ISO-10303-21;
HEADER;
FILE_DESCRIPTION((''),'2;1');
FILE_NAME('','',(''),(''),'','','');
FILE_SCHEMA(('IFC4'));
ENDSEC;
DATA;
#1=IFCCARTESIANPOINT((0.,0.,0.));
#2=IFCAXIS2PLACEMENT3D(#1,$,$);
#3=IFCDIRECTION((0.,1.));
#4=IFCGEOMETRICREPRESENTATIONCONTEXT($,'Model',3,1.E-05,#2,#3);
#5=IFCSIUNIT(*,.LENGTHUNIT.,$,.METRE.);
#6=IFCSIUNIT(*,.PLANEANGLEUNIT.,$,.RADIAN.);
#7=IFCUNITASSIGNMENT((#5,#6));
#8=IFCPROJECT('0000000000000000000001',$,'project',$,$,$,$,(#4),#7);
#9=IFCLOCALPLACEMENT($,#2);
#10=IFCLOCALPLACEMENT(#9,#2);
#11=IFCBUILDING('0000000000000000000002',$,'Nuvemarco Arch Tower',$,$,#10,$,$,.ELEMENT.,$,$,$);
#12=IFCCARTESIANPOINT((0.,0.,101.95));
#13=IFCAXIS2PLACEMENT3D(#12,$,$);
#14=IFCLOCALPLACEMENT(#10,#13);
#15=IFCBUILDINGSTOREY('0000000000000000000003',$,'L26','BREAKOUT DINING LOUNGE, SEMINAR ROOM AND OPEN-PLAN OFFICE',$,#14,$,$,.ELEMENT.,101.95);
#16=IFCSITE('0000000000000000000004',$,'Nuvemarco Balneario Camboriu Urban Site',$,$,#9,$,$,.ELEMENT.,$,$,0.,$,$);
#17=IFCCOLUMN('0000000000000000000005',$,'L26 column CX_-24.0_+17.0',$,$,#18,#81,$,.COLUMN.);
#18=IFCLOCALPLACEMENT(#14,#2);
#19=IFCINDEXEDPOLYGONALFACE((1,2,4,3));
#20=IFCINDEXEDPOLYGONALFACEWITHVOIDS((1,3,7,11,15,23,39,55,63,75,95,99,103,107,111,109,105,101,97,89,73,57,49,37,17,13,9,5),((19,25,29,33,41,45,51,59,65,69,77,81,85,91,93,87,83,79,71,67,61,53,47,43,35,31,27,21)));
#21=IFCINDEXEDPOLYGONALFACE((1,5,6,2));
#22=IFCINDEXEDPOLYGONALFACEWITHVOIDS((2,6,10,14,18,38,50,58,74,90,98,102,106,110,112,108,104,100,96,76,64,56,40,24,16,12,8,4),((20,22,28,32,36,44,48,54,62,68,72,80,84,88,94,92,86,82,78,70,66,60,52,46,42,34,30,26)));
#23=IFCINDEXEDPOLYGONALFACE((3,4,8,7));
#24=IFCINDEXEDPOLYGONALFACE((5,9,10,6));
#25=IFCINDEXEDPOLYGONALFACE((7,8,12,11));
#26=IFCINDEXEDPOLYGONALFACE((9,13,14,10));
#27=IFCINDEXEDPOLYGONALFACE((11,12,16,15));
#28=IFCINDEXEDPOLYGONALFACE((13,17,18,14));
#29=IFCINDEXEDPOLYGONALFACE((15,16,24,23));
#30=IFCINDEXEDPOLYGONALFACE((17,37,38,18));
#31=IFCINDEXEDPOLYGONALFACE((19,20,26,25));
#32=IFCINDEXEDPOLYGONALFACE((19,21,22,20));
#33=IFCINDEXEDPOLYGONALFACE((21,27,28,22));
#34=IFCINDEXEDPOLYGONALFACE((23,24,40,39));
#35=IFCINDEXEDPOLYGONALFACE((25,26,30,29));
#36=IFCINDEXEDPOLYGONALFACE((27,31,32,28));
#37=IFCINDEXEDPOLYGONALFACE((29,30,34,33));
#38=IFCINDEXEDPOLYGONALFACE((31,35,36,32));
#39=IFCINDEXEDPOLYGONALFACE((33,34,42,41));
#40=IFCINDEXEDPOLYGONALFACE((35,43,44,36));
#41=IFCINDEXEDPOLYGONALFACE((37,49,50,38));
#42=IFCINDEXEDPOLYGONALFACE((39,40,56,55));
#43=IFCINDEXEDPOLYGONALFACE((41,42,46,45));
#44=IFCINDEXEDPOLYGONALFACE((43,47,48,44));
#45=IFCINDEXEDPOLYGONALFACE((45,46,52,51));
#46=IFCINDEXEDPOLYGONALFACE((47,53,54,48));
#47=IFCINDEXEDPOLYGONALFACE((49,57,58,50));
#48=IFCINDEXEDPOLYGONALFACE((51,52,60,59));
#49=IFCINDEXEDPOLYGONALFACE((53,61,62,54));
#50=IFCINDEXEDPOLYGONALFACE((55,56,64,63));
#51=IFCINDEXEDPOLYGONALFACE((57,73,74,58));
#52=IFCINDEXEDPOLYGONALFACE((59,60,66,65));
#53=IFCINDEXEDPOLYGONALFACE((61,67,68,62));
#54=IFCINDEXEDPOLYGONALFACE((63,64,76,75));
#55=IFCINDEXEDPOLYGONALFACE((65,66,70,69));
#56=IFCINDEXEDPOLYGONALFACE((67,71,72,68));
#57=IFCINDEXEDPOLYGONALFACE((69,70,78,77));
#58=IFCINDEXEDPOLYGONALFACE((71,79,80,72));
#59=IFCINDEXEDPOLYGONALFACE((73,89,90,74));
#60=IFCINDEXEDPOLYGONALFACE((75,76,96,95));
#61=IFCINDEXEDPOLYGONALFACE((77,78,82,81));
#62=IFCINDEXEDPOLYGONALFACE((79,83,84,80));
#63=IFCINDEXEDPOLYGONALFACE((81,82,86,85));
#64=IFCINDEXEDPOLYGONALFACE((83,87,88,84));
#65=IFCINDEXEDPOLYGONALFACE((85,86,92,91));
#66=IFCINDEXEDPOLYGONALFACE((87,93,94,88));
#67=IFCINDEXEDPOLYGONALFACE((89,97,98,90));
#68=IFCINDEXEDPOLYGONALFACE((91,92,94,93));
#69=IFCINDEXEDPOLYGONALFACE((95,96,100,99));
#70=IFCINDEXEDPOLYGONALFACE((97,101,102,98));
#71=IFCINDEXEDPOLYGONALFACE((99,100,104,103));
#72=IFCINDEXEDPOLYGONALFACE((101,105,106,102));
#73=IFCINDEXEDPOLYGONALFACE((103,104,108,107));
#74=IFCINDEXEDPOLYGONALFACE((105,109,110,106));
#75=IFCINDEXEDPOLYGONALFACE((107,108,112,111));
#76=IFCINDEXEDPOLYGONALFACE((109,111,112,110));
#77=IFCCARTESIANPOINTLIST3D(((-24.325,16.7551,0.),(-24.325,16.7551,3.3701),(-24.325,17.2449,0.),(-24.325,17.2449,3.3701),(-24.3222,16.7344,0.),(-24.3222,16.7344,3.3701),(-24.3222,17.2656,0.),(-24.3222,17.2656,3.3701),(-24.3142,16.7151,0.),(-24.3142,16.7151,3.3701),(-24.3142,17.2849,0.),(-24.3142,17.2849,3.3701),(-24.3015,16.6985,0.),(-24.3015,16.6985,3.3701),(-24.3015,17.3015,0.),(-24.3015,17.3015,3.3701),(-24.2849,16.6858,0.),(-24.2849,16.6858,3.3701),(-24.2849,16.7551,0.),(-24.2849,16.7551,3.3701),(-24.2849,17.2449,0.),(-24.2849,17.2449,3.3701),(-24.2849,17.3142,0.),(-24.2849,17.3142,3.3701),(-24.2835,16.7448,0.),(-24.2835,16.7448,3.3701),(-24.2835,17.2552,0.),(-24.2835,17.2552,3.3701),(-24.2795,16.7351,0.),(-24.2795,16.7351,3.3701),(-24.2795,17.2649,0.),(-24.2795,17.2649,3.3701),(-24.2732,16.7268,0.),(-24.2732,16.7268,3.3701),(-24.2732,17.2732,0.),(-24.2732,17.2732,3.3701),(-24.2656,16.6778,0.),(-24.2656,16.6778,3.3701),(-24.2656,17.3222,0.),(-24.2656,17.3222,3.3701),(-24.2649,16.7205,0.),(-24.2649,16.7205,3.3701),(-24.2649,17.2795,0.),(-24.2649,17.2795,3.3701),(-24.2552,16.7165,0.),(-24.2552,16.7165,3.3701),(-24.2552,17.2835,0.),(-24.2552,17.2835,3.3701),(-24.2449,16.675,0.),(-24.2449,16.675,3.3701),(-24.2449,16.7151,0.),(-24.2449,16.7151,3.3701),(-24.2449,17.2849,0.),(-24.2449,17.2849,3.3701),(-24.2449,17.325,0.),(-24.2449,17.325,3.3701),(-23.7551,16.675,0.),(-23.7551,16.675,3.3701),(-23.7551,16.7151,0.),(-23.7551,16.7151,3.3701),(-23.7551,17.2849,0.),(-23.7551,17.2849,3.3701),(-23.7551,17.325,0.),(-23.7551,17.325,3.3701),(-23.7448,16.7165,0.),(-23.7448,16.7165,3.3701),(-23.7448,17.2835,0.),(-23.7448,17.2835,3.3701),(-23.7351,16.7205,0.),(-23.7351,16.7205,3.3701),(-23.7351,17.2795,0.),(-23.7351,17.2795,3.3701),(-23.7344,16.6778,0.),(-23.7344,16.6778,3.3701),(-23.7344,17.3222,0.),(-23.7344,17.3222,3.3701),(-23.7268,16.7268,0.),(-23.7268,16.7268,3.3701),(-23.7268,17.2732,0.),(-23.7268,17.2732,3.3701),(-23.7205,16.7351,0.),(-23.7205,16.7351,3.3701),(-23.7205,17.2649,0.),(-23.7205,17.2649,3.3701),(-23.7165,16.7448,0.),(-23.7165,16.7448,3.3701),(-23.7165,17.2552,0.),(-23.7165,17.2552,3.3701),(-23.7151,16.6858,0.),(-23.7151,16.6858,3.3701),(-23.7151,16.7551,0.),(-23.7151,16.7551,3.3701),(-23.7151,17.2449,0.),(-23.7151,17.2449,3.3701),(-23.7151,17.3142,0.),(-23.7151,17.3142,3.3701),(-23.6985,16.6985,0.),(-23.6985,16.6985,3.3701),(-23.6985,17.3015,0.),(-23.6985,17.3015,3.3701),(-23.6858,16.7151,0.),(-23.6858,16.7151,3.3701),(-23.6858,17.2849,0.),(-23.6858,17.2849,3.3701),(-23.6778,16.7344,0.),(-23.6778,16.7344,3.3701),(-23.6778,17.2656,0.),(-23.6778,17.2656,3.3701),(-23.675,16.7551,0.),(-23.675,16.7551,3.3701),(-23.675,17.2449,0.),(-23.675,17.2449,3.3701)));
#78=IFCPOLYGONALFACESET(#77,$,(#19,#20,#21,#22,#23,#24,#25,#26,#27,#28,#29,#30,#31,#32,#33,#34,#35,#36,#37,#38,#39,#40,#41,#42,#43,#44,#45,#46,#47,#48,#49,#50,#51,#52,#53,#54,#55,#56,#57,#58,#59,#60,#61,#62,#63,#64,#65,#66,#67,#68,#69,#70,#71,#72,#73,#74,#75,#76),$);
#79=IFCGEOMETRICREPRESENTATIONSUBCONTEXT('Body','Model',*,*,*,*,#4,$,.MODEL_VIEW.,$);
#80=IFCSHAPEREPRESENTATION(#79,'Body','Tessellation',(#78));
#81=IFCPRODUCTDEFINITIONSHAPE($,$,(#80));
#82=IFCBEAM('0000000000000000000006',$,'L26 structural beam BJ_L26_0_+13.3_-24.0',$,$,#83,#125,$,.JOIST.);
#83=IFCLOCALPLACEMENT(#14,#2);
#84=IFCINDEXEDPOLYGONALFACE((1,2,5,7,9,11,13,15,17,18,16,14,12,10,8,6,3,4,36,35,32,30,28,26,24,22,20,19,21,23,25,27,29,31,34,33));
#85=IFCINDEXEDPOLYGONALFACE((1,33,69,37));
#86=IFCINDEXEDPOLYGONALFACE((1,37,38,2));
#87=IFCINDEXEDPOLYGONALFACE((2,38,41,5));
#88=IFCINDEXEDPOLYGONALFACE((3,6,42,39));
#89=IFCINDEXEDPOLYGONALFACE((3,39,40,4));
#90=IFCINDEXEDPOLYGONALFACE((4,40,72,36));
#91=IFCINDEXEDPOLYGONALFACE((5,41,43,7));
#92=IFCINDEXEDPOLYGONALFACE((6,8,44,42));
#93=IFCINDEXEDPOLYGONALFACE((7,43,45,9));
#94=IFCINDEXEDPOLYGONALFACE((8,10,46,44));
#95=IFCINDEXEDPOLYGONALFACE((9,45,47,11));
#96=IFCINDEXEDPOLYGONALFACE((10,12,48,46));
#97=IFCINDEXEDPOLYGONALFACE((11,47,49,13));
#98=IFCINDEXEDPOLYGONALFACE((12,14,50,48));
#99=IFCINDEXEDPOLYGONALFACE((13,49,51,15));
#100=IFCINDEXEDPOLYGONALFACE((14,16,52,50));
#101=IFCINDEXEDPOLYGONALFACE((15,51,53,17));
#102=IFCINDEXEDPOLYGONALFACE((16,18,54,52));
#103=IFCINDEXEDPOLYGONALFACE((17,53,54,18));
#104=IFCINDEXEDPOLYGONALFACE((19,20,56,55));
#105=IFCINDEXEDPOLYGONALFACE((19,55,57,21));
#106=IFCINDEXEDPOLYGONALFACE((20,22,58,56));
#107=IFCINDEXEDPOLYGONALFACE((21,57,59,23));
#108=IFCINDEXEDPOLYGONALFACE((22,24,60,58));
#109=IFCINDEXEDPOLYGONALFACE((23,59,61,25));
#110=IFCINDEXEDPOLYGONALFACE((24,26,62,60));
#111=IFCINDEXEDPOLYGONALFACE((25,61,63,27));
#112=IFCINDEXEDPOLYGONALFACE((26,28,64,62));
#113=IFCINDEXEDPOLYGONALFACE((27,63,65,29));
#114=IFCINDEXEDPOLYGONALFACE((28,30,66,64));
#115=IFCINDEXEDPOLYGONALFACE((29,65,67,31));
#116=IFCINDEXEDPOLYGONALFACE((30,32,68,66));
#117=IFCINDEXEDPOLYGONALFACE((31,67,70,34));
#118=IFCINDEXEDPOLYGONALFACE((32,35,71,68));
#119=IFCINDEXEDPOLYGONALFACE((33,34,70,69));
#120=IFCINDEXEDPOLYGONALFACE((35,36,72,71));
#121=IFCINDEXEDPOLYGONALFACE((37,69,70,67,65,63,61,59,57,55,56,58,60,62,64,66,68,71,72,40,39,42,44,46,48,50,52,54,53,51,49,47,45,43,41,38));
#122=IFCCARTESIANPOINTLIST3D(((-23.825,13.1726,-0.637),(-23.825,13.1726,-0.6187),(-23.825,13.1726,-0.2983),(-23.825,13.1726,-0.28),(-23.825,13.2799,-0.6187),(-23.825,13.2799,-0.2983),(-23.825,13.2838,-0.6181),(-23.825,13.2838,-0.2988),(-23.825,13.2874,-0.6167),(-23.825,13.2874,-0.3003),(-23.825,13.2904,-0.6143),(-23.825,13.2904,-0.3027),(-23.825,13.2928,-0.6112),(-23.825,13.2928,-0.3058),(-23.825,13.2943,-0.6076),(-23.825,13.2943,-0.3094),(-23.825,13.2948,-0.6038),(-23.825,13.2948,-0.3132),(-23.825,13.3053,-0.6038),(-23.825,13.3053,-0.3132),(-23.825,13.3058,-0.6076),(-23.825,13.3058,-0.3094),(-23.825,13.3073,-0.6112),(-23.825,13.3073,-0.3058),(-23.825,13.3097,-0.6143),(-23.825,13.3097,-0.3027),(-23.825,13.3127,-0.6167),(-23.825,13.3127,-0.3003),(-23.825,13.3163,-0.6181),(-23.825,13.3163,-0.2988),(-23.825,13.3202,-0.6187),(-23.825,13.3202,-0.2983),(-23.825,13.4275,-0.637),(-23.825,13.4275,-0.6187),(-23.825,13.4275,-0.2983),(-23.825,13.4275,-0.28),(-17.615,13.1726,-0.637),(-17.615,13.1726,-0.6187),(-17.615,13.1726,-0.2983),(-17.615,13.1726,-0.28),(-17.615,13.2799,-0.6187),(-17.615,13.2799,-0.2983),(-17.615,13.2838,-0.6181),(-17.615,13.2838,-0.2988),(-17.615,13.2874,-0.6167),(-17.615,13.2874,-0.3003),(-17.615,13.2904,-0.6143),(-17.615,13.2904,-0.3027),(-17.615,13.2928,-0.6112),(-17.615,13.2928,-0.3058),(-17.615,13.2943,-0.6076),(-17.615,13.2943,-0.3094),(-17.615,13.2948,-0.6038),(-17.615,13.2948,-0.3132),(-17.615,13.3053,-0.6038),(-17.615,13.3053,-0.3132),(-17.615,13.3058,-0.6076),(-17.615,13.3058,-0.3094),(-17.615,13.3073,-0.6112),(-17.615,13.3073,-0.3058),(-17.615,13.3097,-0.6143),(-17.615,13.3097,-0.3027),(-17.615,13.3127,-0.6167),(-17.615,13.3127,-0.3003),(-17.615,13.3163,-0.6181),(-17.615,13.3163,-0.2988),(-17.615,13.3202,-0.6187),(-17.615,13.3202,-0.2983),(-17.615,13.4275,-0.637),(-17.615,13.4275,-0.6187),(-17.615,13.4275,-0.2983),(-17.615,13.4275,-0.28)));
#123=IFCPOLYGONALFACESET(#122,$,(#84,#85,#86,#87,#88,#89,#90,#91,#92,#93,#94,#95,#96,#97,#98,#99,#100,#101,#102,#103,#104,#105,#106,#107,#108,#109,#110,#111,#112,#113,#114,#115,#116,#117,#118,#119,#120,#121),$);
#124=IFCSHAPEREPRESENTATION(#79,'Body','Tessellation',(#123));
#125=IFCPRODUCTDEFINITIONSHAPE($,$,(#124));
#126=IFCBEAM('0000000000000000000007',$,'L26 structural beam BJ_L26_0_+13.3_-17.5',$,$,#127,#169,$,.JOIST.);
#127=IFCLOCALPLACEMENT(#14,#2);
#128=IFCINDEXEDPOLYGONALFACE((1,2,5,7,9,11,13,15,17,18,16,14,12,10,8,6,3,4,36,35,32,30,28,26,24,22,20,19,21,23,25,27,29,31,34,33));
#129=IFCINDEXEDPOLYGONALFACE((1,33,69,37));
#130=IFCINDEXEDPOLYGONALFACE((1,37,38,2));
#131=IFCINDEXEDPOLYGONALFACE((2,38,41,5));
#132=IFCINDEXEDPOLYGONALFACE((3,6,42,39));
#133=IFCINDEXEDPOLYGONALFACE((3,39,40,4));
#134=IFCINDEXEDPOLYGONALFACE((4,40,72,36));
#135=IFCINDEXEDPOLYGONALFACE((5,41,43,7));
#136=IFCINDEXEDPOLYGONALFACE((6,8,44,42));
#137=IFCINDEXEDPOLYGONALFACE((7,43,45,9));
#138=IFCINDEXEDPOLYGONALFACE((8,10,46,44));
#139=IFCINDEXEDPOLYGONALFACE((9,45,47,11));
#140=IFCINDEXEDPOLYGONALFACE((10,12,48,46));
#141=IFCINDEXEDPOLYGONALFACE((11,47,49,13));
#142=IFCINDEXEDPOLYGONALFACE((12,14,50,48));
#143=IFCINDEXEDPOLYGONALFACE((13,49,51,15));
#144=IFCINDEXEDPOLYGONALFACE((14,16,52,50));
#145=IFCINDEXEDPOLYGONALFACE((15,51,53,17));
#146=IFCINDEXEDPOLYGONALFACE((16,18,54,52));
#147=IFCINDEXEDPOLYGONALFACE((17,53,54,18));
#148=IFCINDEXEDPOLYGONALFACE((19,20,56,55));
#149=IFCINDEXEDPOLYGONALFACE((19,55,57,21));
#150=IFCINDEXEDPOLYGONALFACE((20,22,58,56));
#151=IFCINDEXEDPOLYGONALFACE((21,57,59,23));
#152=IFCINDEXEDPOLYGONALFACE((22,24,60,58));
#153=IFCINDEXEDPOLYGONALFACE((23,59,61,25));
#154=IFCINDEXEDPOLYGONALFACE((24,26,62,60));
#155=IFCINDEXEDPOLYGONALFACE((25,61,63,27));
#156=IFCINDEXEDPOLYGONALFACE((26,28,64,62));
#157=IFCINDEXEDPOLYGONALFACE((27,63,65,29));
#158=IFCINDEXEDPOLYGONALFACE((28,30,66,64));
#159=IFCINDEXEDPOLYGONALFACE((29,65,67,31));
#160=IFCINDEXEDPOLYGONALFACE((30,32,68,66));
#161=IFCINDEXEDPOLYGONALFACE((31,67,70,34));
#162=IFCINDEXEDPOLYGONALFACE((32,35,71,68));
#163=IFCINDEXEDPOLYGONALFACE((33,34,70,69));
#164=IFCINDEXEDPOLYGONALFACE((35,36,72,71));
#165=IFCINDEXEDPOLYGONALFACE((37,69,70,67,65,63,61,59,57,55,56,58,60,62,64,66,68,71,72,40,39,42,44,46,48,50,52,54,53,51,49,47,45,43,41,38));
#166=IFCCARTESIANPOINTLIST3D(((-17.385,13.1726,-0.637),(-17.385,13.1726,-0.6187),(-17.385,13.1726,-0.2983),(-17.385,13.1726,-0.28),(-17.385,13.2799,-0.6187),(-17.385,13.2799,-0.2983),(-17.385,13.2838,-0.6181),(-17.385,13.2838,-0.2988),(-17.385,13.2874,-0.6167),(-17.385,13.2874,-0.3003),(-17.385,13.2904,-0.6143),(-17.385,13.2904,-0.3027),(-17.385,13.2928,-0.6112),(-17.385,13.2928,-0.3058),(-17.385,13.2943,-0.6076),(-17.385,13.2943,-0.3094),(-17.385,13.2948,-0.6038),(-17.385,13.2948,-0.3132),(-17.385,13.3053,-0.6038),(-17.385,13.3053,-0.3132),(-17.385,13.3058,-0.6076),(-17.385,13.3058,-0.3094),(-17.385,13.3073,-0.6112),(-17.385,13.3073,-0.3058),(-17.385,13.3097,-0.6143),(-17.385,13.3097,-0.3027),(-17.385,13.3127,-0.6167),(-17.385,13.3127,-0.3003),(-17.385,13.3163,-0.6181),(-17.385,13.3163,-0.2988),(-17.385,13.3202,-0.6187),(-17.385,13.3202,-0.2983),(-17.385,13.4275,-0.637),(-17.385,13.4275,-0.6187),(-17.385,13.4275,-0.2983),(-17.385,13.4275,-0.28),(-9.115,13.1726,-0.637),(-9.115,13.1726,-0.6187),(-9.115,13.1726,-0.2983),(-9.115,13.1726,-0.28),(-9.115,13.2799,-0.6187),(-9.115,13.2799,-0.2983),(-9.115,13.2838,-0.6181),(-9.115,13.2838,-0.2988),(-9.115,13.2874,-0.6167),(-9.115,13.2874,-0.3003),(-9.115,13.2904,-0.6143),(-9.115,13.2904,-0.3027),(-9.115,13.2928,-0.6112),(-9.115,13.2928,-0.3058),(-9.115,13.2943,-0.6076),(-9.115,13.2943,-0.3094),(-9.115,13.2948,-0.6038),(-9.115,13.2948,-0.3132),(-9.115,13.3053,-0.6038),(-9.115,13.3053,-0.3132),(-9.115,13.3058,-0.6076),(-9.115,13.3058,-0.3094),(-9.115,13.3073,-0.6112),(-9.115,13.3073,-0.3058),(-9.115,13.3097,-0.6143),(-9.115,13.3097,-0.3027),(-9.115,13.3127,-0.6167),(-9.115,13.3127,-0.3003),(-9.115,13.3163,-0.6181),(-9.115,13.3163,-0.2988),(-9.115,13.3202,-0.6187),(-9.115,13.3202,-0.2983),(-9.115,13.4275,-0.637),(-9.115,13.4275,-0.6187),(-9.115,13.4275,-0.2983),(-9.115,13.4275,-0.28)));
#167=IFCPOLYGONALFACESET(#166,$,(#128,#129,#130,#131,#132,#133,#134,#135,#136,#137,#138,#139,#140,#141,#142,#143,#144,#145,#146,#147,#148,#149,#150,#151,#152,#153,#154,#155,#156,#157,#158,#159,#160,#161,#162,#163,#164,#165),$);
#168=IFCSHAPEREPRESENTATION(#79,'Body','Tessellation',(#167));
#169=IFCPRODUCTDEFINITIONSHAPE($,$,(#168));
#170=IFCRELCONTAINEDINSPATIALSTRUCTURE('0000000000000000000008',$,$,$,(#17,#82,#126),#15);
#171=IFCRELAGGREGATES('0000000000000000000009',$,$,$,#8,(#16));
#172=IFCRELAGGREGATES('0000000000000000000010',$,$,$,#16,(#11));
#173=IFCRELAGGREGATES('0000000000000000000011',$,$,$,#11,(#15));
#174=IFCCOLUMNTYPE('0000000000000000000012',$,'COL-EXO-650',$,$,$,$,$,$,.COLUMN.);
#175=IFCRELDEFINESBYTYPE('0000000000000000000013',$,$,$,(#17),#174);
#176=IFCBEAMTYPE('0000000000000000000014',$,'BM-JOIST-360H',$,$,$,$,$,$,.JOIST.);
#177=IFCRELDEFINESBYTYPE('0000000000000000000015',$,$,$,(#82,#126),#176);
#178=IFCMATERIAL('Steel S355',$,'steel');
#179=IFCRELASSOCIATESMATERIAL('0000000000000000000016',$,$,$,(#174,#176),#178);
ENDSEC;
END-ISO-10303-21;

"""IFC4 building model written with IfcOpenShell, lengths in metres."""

from ifc_helpers import new_model, si_unit, direction, frame, origin, origin_2d, place, context, subcontext, project, spatial, hollow_rectangle, i_section, extrude, material, material_profile, profile_set, type_object, element, save


model = new_model("IFC4")

# Units and contexts
model_context = context("Model", 3, precision=1e-05, world=origin(), true_north=direction((0.0, 1.0)))
body_context = subcontext(model_context, "Body", "Model", "MODEL_VIEW")
ifc_project = project(units=[si_unit("LENGTHUNIT", "METRE"), si_unit("PLANEANGLEUNIT", "RADIAN")], contexts=[model_context])

# Site, building, storey
site_placement = place(None, origin())
site = spatial("IfcSite", under=ifc_project, at=site_placement, Name="Nuvemarco Balneario Camboriu Urban Site", CompositionType="ELEMENT", RefElevation=0.0)
building_placement = place(site_placement, origin())
building = spatial("IfcBuilding", under=site, at=building_placement, Name="Nuvemarco Arch Tower", CompositionType="ELEMENT")
storey_placement = place(building_placement, frame((0.0, 0.0, 101.95)))
storey = spatial("IfcBuildingStorey", under=building, at=storey_placement, Name="L26", Description="BREAKOUT DINING LOUNGE, SEMINAR ROOM AND OPEN-PLAN OFFICE", CompositionType="ELEMENT", Elevation=101.95)

# Column
ifc_material_1 = material(Name="Steel S355", Category="steel")
ifc_material_profile_1 = material_profile(ifc_material_1, hollow_rectangle(XDim=0.6499, YDim=0.6499, WallThickness=0.04, InnerFilletRadius=0.04, OuterFilletRadius=0.0801, at=origin_2d()), Name="SHS650x650x40")
ifc_profile_set_1 = profile_set([ifc_material_profile_1], Name="Steel S355")
column_type = type_object("IfcColumnType", Name="COL-EXO-650", PredefinedType="COLUMN", material=ifc_profile_set_1)
column_placement = place(storey_placement, frame((-24.0, 17.0, 0.0), z_axis=(0.0, 0.0, 1.0), x_axis=(1.0, 0.0, 0.0)))
element("IfcColumn", 1, at=column_placement, inside=storey, type_object=column_type, Name="L26 column CX_-24.0_+17.0", PredefinedType="COLUMN", context=body_context, shape_type="SweptSolid", body=[
    extrude(hollow_rectangle(XDim=0.6499, YDim=0.6499, WallThickness=0.04, InnerFilletRadius=0.04, OuterFilletRadius=0.0801, at=origin_2d()), origin(), (0.0, 0.0, 1.0), 3.3701),
])

# Beams
ifc_material_profile_2 = material_profile(ifc_material_1, i_section(OverallWidth=0.2549, OverallDepth=0.3569, WebThickness=0.0105, FlangeThickness=0.0183, FilletRadius=0.0149, at=origin_2d()), Name="W360x101")
ifc_profile_set_2 = profile_set([ifc_material_profile_2], Name="Steel S355")
beam_type = type_object("IfcBeamType", Name="BM-JOIST-360H", PredefinedType="JOIST", material=ifc_profile_set_2)
beam_1_placement = place(storey_placement, frame((-23.825, 13.3, -0.4585), z_axis=(1.0, 0.0, 0.0), x_axis=(0.0, 1.0, 0.0)))
element("IfcBeam", 2, at=beam_1_placement, inside=storey, type_object=beam_type, Name="L26 structural beam BJ_L26_0_+13.3_-24.0", PredefinedType="JOIST", context=body_context, shape_type="SweptSolid", body=[
    extrude(i_section(OverallWidth=0.2549, OverallDepth=0.3569, WebThickness=0.0105, FlangeThickness=0.0183, FilletRadius=0.0149, at=origin_2d()), origin(), (0.0, 0.0, 1.0), 6.21),
])
beam_2_placement = place(storey_placement, frame((-17.385, 13.3, -0.4585), z_axis=(1.0, 0.0, 0.0), x_axis=(0.0, 1.0, 0.0)))
element("IfcBeam", 3, at=beam_2_placement, inside=storey, type_object=beam_type, Name="L26 structural beam BJ_L26_0_+13.3_-17.5", PredefinedType="JOIST", context=body_context, shape_type="SweptSolid", body=[
    extrude(i_section(OverallWidth=0.2549, OverallDepth=0.3569, WebThickness=0.0105, FlangeThickness=0.0183, FilletRadius=0.0149, at=origin_2d()), origin(), (0.0, 0.0, 1.0), 8.27),
])

save(model, "model.ifc")
